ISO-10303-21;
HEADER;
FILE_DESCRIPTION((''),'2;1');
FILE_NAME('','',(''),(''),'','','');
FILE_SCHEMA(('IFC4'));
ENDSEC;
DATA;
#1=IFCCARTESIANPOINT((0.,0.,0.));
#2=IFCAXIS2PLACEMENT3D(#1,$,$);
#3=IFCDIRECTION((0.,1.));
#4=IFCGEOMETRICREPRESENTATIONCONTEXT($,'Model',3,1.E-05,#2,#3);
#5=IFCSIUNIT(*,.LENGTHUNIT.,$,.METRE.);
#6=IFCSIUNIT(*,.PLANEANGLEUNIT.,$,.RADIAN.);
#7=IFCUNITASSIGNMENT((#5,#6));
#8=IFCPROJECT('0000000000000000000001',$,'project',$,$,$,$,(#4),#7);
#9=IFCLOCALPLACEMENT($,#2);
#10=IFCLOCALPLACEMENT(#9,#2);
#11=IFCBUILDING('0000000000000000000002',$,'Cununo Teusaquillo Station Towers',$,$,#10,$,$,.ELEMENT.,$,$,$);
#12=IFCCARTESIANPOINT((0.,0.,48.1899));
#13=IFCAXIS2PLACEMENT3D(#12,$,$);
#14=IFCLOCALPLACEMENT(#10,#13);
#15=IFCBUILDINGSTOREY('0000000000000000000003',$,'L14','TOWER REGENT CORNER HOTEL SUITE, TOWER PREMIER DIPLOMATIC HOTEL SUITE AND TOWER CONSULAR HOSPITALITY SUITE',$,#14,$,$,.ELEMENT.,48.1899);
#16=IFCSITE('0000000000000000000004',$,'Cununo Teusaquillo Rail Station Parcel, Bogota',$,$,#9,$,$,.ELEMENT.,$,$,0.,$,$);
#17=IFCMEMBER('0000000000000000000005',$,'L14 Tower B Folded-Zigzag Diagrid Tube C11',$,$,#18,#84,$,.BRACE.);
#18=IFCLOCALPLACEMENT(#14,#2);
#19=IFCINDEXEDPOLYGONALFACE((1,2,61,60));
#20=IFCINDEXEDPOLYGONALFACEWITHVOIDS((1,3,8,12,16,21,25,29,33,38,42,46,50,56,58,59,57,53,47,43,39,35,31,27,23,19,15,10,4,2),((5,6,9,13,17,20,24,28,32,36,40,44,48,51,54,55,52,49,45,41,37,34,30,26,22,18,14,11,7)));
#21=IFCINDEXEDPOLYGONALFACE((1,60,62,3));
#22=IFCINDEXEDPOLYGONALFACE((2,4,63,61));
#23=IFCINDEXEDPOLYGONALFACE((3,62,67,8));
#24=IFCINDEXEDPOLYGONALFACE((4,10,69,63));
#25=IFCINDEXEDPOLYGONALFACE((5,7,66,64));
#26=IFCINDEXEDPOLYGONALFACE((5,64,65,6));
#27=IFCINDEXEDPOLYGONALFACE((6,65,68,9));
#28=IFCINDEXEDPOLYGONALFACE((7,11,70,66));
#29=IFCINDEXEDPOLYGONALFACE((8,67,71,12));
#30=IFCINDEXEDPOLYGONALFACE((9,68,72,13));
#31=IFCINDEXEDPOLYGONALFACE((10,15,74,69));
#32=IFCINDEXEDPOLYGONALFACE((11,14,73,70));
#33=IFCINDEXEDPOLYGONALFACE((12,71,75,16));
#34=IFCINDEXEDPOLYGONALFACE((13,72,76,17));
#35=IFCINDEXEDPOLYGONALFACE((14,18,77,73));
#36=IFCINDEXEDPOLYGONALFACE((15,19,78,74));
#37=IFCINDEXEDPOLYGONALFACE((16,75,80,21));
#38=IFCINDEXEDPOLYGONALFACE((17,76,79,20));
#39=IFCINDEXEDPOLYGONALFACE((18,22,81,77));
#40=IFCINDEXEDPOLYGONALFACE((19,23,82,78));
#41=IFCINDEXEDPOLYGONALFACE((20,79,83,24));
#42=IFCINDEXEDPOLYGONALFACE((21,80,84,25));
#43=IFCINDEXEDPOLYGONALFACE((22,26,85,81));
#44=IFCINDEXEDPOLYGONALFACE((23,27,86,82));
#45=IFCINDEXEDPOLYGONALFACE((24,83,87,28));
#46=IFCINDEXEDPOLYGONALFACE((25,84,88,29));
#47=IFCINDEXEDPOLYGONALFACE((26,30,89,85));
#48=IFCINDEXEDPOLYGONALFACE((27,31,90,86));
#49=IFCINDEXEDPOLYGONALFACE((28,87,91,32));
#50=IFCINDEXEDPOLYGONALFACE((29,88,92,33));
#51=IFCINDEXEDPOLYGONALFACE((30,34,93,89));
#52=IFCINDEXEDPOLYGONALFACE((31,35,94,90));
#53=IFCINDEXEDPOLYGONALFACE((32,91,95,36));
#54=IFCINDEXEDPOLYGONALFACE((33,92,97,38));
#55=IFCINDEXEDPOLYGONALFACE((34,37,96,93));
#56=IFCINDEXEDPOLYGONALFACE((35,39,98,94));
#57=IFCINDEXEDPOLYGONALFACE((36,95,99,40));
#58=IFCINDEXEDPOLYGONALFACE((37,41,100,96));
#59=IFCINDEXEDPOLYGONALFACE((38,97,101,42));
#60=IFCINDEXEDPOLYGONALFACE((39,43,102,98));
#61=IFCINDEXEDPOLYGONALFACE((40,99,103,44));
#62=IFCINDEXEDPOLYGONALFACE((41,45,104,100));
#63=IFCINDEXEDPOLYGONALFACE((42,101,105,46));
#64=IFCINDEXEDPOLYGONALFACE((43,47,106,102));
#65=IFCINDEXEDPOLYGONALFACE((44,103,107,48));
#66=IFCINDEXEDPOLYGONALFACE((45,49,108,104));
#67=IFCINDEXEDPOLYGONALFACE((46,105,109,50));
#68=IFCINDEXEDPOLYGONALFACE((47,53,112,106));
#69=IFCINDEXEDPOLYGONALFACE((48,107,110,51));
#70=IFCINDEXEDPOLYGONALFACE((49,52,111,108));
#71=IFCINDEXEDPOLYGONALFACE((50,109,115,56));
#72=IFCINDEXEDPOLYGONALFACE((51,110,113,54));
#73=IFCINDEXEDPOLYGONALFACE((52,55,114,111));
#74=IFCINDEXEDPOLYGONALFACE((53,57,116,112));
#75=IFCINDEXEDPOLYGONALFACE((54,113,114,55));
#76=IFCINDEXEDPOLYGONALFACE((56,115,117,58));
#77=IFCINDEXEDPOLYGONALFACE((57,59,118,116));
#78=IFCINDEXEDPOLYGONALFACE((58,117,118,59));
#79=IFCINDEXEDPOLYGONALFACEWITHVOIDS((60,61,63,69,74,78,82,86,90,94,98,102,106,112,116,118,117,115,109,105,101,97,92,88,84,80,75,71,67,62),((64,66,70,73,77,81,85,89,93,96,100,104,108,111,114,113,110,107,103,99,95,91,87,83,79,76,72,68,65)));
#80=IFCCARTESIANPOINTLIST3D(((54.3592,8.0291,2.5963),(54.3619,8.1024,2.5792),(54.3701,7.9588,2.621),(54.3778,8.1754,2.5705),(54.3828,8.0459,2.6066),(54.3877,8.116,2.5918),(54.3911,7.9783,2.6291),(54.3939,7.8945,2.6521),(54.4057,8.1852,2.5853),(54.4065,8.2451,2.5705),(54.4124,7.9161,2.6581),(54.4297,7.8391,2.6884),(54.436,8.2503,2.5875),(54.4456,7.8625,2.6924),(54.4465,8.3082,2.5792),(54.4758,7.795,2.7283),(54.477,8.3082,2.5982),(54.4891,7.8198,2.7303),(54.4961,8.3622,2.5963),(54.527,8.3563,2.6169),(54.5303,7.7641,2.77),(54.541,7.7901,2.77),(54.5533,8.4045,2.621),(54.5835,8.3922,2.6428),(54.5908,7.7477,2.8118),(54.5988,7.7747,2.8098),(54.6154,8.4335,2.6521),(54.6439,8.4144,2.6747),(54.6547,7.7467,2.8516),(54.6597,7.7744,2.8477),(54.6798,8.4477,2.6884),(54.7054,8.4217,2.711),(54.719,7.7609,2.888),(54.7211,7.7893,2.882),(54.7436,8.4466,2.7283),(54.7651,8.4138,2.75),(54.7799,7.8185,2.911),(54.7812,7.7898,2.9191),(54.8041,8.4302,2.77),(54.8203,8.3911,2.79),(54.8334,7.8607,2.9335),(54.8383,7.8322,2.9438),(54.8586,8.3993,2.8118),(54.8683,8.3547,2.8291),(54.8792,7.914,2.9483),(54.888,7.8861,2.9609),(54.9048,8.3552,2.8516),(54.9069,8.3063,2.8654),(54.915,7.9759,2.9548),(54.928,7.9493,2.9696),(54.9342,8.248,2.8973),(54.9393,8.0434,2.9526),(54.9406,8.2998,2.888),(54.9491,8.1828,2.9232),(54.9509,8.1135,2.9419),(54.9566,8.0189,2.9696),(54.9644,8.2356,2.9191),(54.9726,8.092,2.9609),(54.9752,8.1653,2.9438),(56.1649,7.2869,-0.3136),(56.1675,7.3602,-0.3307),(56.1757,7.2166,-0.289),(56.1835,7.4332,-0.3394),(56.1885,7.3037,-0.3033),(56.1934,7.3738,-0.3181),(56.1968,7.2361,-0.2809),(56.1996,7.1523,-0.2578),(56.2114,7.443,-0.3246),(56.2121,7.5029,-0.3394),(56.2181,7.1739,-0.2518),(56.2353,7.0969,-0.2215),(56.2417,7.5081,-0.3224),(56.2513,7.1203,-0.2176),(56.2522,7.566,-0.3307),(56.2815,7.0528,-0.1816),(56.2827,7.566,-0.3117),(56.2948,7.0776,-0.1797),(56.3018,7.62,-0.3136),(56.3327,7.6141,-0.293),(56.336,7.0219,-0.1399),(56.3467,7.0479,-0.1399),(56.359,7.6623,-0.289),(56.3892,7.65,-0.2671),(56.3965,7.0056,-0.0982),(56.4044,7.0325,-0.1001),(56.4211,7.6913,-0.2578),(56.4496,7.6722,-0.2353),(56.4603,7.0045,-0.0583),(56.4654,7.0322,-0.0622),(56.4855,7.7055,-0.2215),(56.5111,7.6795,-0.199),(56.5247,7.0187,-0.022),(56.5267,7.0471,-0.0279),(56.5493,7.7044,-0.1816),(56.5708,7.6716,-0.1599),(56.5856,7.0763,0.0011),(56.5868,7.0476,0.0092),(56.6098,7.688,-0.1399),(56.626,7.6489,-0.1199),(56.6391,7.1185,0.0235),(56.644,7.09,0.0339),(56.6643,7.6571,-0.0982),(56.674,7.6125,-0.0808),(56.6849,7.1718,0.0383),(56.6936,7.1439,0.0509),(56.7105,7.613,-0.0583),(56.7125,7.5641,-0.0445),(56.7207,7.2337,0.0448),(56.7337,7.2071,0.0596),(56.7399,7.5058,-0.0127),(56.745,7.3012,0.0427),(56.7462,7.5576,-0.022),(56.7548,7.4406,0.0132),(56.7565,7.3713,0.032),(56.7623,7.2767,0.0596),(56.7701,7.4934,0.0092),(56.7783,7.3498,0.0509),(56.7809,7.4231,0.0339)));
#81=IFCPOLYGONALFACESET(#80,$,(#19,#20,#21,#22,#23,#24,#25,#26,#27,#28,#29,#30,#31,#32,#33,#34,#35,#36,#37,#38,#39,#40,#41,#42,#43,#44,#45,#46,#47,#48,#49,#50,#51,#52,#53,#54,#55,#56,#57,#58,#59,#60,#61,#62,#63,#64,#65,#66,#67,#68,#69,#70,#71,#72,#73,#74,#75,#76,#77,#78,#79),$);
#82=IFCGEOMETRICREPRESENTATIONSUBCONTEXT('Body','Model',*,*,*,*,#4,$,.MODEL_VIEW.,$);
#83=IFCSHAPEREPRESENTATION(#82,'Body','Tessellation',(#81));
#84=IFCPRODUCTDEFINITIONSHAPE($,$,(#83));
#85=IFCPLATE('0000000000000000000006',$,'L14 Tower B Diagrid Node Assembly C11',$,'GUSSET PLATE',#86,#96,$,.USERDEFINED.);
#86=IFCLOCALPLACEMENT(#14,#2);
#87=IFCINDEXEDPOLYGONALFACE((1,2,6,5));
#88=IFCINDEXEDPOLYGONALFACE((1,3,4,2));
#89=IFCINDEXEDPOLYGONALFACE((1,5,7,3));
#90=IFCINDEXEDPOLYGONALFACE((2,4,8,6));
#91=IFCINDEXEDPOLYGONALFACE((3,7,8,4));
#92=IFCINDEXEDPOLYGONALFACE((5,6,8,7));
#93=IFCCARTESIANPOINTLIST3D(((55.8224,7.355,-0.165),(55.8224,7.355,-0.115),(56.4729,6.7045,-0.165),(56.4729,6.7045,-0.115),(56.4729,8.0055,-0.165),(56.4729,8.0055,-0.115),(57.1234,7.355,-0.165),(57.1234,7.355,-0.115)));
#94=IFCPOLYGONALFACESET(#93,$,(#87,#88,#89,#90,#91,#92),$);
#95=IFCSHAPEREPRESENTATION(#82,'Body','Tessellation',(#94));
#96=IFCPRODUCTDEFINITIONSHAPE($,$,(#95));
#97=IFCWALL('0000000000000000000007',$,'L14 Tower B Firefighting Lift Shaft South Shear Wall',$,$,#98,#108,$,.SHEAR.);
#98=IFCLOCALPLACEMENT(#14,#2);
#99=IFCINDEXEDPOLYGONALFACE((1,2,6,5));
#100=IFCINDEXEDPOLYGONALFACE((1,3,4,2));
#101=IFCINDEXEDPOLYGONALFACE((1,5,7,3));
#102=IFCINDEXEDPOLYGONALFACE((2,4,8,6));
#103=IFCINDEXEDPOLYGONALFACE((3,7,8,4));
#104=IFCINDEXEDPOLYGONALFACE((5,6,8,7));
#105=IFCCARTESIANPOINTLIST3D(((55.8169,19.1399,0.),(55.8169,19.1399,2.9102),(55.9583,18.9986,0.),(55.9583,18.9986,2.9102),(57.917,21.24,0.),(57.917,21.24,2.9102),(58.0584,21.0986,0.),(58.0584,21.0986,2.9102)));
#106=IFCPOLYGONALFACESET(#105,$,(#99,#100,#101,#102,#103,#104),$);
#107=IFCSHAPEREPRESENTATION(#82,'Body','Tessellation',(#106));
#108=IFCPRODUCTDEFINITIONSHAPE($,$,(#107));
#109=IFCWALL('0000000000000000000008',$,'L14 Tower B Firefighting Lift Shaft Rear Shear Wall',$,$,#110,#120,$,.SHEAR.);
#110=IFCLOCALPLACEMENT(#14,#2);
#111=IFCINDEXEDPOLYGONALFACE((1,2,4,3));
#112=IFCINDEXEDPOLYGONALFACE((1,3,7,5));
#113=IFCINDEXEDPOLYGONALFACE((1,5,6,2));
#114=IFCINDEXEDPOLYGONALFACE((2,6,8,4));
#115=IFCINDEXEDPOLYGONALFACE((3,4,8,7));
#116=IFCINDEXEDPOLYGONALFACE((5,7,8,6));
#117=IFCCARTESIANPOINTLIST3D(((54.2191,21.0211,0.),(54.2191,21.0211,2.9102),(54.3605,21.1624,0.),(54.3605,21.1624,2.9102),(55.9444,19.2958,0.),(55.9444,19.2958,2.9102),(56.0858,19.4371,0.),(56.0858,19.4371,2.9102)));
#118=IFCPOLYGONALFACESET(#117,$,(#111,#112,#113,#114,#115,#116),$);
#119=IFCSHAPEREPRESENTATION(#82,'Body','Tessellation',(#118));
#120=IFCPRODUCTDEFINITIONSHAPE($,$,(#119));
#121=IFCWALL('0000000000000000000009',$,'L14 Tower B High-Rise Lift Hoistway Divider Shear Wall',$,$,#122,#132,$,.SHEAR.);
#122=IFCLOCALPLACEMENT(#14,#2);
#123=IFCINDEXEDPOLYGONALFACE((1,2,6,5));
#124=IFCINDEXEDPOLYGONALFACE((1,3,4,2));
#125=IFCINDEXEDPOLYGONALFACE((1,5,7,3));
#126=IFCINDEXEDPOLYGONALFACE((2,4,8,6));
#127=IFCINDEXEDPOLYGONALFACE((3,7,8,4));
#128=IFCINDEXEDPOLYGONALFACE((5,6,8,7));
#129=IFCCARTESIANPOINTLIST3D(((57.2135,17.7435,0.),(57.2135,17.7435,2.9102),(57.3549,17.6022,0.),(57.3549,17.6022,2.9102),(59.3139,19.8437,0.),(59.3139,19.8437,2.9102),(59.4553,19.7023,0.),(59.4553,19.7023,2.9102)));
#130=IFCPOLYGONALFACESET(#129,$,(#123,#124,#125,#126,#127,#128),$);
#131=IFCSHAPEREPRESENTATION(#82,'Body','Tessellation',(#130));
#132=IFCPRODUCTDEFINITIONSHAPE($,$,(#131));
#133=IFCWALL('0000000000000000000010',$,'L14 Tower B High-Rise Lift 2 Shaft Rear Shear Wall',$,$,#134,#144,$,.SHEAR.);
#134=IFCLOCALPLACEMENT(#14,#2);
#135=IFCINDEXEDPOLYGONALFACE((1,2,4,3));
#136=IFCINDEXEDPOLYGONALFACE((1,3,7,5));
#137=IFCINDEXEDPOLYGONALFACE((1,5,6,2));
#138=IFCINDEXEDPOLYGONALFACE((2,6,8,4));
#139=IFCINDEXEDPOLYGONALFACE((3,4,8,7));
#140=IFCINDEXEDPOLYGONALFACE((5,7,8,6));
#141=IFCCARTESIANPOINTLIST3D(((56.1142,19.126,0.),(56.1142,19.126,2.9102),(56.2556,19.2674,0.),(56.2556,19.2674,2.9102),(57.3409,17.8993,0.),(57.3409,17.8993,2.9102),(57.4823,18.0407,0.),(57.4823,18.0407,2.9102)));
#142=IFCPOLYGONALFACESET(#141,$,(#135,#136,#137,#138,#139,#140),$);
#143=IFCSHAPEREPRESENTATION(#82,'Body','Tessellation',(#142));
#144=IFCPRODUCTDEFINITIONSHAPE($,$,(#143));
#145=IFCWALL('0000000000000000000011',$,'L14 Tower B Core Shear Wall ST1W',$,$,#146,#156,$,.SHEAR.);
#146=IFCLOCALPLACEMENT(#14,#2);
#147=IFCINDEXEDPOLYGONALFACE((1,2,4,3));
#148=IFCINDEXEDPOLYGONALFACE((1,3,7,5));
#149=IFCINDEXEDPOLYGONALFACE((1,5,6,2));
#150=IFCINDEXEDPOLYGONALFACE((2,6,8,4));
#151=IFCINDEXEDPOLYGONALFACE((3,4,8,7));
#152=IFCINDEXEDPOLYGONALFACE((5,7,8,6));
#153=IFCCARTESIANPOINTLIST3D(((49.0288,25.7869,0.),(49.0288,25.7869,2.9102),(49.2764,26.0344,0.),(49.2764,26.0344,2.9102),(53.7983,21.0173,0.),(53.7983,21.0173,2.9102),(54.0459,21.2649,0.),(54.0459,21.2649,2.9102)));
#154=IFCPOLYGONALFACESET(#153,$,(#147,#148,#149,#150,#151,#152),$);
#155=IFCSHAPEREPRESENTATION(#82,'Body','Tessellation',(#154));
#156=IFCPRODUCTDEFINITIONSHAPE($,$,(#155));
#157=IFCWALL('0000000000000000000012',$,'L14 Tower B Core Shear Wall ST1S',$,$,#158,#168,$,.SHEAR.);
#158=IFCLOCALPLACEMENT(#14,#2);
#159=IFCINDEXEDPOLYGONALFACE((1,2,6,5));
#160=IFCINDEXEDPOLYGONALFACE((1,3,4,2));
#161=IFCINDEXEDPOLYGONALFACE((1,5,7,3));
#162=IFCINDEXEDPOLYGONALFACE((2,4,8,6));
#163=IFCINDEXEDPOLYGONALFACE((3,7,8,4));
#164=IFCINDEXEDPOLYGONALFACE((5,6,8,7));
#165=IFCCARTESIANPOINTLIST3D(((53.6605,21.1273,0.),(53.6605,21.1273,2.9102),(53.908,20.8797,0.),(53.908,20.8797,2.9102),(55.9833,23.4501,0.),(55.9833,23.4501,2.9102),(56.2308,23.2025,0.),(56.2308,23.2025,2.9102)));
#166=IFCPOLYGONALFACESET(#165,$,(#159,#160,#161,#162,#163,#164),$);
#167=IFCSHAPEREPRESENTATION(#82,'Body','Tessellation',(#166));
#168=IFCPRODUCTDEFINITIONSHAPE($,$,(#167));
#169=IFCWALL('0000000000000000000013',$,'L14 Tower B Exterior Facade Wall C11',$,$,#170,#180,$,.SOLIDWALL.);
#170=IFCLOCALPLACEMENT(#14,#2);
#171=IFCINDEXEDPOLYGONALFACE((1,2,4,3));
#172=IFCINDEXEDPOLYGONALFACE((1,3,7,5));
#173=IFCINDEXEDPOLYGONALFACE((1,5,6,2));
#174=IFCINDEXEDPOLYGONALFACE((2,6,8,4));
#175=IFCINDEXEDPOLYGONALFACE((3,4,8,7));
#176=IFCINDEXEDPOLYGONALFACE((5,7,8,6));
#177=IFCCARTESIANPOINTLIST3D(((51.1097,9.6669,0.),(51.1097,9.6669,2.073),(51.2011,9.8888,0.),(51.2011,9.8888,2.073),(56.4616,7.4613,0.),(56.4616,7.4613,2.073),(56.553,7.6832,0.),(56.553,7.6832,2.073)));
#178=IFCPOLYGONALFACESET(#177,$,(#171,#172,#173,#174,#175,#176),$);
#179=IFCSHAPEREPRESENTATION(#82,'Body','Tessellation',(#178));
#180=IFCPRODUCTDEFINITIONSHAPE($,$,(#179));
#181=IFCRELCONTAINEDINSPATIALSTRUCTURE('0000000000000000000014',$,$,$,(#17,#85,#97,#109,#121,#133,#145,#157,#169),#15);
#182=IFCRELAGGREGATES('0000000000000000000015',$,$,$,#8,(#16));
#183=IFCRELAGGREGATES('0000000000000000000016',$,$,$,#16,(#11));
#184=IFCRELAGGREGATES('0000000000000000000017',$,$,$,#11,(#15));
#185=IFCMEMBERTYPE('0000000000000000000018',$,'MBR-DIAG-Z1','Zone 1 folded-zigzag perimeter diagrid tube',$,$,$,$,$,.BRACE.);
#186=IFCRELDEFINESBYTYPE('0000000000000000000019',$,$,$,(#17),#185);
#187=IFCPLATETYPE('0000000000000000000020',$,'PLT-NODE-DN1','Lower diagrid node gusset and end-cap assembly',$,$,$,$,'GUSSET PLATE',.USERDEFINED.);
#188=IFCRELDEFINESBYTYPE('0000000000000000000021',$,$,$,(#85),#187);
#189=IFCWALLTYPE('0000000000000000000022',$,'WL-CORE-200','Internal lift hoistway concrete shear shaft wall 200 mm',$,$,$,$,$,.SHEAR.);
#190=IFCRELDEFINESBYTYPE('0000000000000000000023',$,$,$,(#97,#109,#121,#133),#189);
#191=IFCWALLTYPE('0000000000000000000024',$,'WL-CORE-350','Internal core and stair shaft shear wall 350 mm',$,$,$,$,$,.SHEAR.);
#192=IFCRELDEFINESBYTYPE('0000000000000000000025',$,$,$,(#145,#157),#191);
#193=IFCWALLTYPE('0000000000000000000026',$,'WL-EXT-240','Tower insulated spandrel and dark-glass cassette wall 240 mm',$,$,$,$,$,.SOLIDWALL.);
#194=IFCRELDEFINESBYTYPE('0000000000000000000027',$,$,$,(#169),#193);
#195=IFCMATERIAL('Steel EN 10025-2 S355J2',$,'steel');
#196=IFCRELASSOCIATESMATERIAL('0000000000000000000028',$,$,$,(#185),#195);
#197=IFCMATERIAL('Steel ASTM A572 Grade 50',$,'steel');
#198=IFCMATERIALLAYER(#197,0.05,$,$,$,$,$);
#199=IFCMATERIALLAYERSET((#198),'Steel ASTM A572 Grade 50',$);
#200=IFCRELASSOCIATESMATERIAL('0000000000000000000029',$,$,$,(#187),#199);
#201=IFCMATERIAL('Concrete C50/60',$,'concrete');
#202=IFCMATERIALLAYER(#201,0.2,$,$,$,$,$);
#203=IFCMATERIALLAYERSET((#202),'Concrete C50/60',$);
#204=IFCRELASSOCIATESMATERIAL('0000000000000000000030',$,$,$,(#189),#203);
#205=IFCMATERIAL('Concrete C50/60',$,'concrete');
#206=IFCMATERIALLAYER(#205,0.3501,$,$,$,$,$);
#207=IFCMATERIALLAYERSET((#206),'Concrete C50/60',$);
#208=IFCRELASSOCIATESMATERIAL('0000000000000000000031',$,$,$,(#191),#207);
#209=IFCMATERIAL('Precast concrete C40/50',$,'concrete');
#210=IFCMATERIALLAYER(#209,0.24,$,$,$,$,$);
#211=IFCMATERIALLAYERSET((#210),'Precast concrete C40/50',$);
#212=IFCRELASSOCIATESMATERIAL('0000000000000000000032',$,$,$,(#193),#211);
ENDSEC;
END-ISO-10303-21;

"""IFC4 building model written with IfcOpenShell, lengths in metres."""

from ifc_helpers import new_model, si_unit, direction, frame, frame_2d, origin, origin_2d, place, context, subcontext, project, spatial, rectangle, hollow_circle, extrude, source, transform, mapped, material, layer, layer_set, material_profile, profile_set, type_object, element, save


model = new_model("IFC4")

# Units and contexts
model_context = context("Model", 3, precision=1e-05, world=origin(), true_north=direction((0.0, 1.0)))
body_context = subcontext(model_context, "Body", "Model", "MODEL_VIEW")
ifc_project = project(units=[si_unit("LENGTHUNIT", "METRE"), si_unit("PLANEANGLEUNIT", "RADIAN")], contexts=[model_context])

# Site, building, storey
site_placement = place(None, origin())
site = spatial("IfcSite", under=ifc_project, at=site_placement, Name="Cununo Teusaquillo Rail Station Parcel, Bogota", CompositionType="ELEMENT", RefElevation=0.0)
building_placement = place(site_placement, origin())
building = spatial("IfcBuilding", under=site, at=building_placement, Name="Cununo Teusaquillo Station Towers", CompositionType="ELEMENT")
storey_placement = place(building_placement, frame((0.0, 0.0, 48.1899)))
storey = spatial("IfcBuildingStorey", under=building, at=storey_placement, Name="L14", Description="TOWER REGENT CORNER HOTEL SUITE, TOWER PREMIER DIPLOMATIC HOTEL SUITE AND TOWER CONSULAR HOSPITALITY SUITE", CompositionType="ELEMENT", Elevation=48.1899)

# Member
ifc_material_1 = material(Name="Steel EN 10025-2 S355J2", Category="steel")
ifc_material_profile_1 = material_profile(ifc_material_1, hollow_circle(Radius=0.3601, WallThickness=0.0281, at=origin_2d()), Name="CHS 720x28")
ifc_profile_set_1 = profile_set([ifc_material_profile_1], Name="Steel EN 10025-2 S355J2")
member_type = type_object("IfcMemberType", Name="MBR-DIAG-Z1", Description="Zone 1 folded-zigzag perimeter diagrid tube", PredefinedType="BRACE", material=ifc_profile_set_1)
member_placement = place(storey_placement, frame((56.4729, 7.355, -0.1399), z_axis=(-0.515298, 0.211804, 0.830426), x_axis=(-0.380171, -0.924916, 0.0)))
element("IfcMember", 1, at=member_placement, inside=storey, type_object=member_type, Name="L14 Tower B Folded-Zigzag Diagrid Tube C11", PredefinedType="BRACE", context=body_context, shape_type="SweptSolid", body=[
    extrude(hollow_circle(Radius=0.3601, WallThickness=0.0281, at=origin_2d()), origin(), (0.0, 0.0, 1.0), 3.5042),
])

# Plate
ifc_material_2 = material(Name="Steel ASTM A572 Grade 50", Category="steel")
ifc_layer_1 = layer(ifc_material_2, 0.05)
ifc_layer_set_1 = layer_set([ifc_layer_1], Name="Steel ASTM A572 Grade 50")
plate_type = type_object("IfcPlateType", Name="PLT-NODE-DN1", Description="Lower diagrid node gusset and end-cap assembly", ElementType="GUSSET PLATE", PredefinedType="USERDEFINED", material=ifc_layer_set_1)
shared_shape_1 = source(origin(), body_context, "Body", "SweptSolid", [
    extrude(rectangle(XDim=0.9199, YDim=0.9199, at=origin_2d()), origin(), (0.0, 0.0, 1.0), 0.05),
])
plate_placement = place(storey_placement, frame((56.4729, 7.355, -0.165), z_axis=(0.0, 0.0, 1.0), x_axis=(0.707107, 0.707107, 0.0)))
element("IfcPlate", 2, at=plate_placement, inside=storey, type_object=plate_type, Name="L14 Tower B Diagrid Node Assembly C11", ObjectType="GUSSET PLATE", PredefinedType="USERDEFINED", context=body_context, shape_type="MappedRepresentation", body=[
    mapped(shared_shape_1, transform((0.0, 0.0, 0.0), x_axis=(1.0, 0.0, 0.0), y_axis=(0.0, 1.0, 0.0), z_axis=(0.0, 0.0, 1.0), scale=1.0)),
])

# Walls
ifc_material_3 = material(Name="Concrete C50/60", Category="concrete")
ifc_layer_2 = layer(ifc_material_3, 0.2)
ifc_layer_set_2 = layer_set([ifc_layer_2], Name="Concrete C50/60")
wall_type_1 = type_object("IfcWallType", Name="WL-CORE-200", Description="Internal lift hoistway concrete shear shaft wall 200 mm", PredefinedType="SHEAR", material=ifc_layer_set_2)
wall_1_placement = place(storey_placement, frame((55.8877, 19.0693, 0.0), z_axis=(0.0, 0.0, 1.0), x_axis=(0.707107, 0.707107, 0.0)))
element("IfcWall", 3, at=wall_1_placement, inside=storey, type_object=wall_type_1, Name="L14 Tower B Firefighting Lift Shaft South Shear Wall", PredefinedType="SHEAR", context=body_context, shape_type="SweptSolid", body=[
    extrude(rectangle(XDim=2.97, YDim=0.2, at=frame_2d((1.4849, 0.0))), origin(), (0.0, 0.0, 1.0), 2.9102),
])
wall_2_placement = place(storey_placement, frame((56.0151, 19.3665, 0.0), z_axis=(0.0, 0.0, 1.0), x_axis=(-0.707107, 0.707107, 0.0)))
element("IfcWall", 4, at=wall_2_placement, inside=storey, type_object=wall_type_1, Name="L14 Tower B Firefighting Lift Shaft Rear Shear Wall", PredefinedType="SHEAR", context=body_context, shape_type="SweptSolid", body=[
    extrude(rectangle(XDim=2.4399, YDim=0.2, at=frame_2d((1.22, 0.0))), origin(), (0.0, 0.0, 1.0), 2.9102),
])
wall_3_placement = place(storey_placement, frame((57.2842, 17.6729, 0.0), z_axis=(0.0, 0.0, 1.0), x_axis=(0.707148, 0.707066, 0.0)))
element("IfcWall", 5, at=wall_3_placement, inside=storey, type_object=wall_type_1, Name="L14 Tower B High-Rise Lift Hoistway Divider Shear Wall", PredefinedType="SHEAR", context=body_context, shape_type="SweptSolid", body=[
    extrude(rectangle(XDim=2.9702, YDim=0.2, at=frame_2d((1.4851, 0.0))), origin(), (0.0, 0.0, 1.0), 2.9102),
])
wall_4_placement = place(storey_placement, frame((57.4116, 17.97, 0.0), z_axis=(0.0, 0.0, 1.0), x_axis=(-0.707107, 0.707107, 0.0)))
element("IfcWall", 6, at=wall_4_placement, inside=storey, type_object=wall_type_1, Name="L14 Tower B High-Rise Lift 2 Shaft Rear Shear Wall", PredefinedType="SHEAR", context=body_context, shape_type="SweptSolid", body=[
    extrude(rectangle(XDim=1.7349, YDim=0.2, at=frame_2d((0.8674, 0.0))), origin(), (0.0, 0.0, 1.0), 2.9102),
])
ifc_material_4 = material(Name="Concrete C50/60", Category="concrete")
ifc_layer_3 = layer(ifc_material_4, 0.3501)
ifc_layer_set_3 = layer_set([ifc_layer_3], Name="Concrete C50/60")
wall_type_2 = type_object("IfcWallType", Name="WL-CORE-350", Description="Internal core and stair shaft shear wall 350 mm", PredefinedType="SHEAR", material=ifc_layer_set_3)
wall_5_placement = place(storey_placement, frame((53.9221, 21.1411, 0.0), z_axis=(0.0, 0.0, 1.0), x_axis=(-0.707107, 0.707107, 0.0)))
element("IfcWall", 7, at=wall_5_placement, inside=storey, type_object=wall_type_2, Name="L14 Tower B Core Shear Wall ST1W", PredefinedType="SHEAR", context=body_context, shape_type="SweptSolid", body=[
    extrude(rectangle(XDim=6.7451, YDim=0.3501, at=frame_2d((3.3726, 0.0))), origin(), (0.0, 0.0, 1.0), 2.9102),
])
wall_6_placement = place(storey_placement, frame((53.7842, 21.0034, 0.0), z_axis=(0.0, 0.0, 1.0), x_axis=(0.707107, 0.707107, 0.0)))
element("IfcWall", 8, at=wall_6_placement, inside=storey, type_object=wall_type_2, Name="L14 Tower B Core Shear Wall ST1S", PredefinedType="SHEAR", context=body_context, shape_type="SweptSolid", body=[
    extrude(rectangle(XDim=3.2849, YDim=0.3501, at=frame_2d((1.6426, 0.0))), origin(), (0.0, 0.0, 1.0), 2.9102),
])
ifc_material_5 = material(Name="Precast concrete C40/50", Category="concrete")
ifc_layer_4 = layer(ifc_material_5, 0.24)
ifc_layer_set_4 = layer_set([ifc_layer_4], Name="Precast concrete C40/50")
wall_type_3 = type_object("IfcWallType", Name="WL-EXT-240", Description="Tower insulated spandrel and dark-glass cassette wall 240 mm", PredefinedType="SOLIDWALL", material=ifc_layer_set_4)
wall_7_placement = place(storey_placement, frame((56.5073, 7.5723, 0.0), z_axis=(0.0, 0.0, 1.0), x_axis=(-0.924564, 0.381028, 0.0)))
element("IfcWall", 9, at=wall_7_placement, inside=storey, type_object=wall_type_3, Name="L14 Tower B Exterior Facade Wall C11", PredefinedType="SOLIDWALL", context=body_context, shape_type="SweptSolid", body=[
    extrude(rectangle(XDim=5.7886, YDim=0.24, at=frame_2d((2.8943, 0.0))), origin(), (0.0, 0.0, 1.0), 2.073),
])

save(model, "model.ifc")
